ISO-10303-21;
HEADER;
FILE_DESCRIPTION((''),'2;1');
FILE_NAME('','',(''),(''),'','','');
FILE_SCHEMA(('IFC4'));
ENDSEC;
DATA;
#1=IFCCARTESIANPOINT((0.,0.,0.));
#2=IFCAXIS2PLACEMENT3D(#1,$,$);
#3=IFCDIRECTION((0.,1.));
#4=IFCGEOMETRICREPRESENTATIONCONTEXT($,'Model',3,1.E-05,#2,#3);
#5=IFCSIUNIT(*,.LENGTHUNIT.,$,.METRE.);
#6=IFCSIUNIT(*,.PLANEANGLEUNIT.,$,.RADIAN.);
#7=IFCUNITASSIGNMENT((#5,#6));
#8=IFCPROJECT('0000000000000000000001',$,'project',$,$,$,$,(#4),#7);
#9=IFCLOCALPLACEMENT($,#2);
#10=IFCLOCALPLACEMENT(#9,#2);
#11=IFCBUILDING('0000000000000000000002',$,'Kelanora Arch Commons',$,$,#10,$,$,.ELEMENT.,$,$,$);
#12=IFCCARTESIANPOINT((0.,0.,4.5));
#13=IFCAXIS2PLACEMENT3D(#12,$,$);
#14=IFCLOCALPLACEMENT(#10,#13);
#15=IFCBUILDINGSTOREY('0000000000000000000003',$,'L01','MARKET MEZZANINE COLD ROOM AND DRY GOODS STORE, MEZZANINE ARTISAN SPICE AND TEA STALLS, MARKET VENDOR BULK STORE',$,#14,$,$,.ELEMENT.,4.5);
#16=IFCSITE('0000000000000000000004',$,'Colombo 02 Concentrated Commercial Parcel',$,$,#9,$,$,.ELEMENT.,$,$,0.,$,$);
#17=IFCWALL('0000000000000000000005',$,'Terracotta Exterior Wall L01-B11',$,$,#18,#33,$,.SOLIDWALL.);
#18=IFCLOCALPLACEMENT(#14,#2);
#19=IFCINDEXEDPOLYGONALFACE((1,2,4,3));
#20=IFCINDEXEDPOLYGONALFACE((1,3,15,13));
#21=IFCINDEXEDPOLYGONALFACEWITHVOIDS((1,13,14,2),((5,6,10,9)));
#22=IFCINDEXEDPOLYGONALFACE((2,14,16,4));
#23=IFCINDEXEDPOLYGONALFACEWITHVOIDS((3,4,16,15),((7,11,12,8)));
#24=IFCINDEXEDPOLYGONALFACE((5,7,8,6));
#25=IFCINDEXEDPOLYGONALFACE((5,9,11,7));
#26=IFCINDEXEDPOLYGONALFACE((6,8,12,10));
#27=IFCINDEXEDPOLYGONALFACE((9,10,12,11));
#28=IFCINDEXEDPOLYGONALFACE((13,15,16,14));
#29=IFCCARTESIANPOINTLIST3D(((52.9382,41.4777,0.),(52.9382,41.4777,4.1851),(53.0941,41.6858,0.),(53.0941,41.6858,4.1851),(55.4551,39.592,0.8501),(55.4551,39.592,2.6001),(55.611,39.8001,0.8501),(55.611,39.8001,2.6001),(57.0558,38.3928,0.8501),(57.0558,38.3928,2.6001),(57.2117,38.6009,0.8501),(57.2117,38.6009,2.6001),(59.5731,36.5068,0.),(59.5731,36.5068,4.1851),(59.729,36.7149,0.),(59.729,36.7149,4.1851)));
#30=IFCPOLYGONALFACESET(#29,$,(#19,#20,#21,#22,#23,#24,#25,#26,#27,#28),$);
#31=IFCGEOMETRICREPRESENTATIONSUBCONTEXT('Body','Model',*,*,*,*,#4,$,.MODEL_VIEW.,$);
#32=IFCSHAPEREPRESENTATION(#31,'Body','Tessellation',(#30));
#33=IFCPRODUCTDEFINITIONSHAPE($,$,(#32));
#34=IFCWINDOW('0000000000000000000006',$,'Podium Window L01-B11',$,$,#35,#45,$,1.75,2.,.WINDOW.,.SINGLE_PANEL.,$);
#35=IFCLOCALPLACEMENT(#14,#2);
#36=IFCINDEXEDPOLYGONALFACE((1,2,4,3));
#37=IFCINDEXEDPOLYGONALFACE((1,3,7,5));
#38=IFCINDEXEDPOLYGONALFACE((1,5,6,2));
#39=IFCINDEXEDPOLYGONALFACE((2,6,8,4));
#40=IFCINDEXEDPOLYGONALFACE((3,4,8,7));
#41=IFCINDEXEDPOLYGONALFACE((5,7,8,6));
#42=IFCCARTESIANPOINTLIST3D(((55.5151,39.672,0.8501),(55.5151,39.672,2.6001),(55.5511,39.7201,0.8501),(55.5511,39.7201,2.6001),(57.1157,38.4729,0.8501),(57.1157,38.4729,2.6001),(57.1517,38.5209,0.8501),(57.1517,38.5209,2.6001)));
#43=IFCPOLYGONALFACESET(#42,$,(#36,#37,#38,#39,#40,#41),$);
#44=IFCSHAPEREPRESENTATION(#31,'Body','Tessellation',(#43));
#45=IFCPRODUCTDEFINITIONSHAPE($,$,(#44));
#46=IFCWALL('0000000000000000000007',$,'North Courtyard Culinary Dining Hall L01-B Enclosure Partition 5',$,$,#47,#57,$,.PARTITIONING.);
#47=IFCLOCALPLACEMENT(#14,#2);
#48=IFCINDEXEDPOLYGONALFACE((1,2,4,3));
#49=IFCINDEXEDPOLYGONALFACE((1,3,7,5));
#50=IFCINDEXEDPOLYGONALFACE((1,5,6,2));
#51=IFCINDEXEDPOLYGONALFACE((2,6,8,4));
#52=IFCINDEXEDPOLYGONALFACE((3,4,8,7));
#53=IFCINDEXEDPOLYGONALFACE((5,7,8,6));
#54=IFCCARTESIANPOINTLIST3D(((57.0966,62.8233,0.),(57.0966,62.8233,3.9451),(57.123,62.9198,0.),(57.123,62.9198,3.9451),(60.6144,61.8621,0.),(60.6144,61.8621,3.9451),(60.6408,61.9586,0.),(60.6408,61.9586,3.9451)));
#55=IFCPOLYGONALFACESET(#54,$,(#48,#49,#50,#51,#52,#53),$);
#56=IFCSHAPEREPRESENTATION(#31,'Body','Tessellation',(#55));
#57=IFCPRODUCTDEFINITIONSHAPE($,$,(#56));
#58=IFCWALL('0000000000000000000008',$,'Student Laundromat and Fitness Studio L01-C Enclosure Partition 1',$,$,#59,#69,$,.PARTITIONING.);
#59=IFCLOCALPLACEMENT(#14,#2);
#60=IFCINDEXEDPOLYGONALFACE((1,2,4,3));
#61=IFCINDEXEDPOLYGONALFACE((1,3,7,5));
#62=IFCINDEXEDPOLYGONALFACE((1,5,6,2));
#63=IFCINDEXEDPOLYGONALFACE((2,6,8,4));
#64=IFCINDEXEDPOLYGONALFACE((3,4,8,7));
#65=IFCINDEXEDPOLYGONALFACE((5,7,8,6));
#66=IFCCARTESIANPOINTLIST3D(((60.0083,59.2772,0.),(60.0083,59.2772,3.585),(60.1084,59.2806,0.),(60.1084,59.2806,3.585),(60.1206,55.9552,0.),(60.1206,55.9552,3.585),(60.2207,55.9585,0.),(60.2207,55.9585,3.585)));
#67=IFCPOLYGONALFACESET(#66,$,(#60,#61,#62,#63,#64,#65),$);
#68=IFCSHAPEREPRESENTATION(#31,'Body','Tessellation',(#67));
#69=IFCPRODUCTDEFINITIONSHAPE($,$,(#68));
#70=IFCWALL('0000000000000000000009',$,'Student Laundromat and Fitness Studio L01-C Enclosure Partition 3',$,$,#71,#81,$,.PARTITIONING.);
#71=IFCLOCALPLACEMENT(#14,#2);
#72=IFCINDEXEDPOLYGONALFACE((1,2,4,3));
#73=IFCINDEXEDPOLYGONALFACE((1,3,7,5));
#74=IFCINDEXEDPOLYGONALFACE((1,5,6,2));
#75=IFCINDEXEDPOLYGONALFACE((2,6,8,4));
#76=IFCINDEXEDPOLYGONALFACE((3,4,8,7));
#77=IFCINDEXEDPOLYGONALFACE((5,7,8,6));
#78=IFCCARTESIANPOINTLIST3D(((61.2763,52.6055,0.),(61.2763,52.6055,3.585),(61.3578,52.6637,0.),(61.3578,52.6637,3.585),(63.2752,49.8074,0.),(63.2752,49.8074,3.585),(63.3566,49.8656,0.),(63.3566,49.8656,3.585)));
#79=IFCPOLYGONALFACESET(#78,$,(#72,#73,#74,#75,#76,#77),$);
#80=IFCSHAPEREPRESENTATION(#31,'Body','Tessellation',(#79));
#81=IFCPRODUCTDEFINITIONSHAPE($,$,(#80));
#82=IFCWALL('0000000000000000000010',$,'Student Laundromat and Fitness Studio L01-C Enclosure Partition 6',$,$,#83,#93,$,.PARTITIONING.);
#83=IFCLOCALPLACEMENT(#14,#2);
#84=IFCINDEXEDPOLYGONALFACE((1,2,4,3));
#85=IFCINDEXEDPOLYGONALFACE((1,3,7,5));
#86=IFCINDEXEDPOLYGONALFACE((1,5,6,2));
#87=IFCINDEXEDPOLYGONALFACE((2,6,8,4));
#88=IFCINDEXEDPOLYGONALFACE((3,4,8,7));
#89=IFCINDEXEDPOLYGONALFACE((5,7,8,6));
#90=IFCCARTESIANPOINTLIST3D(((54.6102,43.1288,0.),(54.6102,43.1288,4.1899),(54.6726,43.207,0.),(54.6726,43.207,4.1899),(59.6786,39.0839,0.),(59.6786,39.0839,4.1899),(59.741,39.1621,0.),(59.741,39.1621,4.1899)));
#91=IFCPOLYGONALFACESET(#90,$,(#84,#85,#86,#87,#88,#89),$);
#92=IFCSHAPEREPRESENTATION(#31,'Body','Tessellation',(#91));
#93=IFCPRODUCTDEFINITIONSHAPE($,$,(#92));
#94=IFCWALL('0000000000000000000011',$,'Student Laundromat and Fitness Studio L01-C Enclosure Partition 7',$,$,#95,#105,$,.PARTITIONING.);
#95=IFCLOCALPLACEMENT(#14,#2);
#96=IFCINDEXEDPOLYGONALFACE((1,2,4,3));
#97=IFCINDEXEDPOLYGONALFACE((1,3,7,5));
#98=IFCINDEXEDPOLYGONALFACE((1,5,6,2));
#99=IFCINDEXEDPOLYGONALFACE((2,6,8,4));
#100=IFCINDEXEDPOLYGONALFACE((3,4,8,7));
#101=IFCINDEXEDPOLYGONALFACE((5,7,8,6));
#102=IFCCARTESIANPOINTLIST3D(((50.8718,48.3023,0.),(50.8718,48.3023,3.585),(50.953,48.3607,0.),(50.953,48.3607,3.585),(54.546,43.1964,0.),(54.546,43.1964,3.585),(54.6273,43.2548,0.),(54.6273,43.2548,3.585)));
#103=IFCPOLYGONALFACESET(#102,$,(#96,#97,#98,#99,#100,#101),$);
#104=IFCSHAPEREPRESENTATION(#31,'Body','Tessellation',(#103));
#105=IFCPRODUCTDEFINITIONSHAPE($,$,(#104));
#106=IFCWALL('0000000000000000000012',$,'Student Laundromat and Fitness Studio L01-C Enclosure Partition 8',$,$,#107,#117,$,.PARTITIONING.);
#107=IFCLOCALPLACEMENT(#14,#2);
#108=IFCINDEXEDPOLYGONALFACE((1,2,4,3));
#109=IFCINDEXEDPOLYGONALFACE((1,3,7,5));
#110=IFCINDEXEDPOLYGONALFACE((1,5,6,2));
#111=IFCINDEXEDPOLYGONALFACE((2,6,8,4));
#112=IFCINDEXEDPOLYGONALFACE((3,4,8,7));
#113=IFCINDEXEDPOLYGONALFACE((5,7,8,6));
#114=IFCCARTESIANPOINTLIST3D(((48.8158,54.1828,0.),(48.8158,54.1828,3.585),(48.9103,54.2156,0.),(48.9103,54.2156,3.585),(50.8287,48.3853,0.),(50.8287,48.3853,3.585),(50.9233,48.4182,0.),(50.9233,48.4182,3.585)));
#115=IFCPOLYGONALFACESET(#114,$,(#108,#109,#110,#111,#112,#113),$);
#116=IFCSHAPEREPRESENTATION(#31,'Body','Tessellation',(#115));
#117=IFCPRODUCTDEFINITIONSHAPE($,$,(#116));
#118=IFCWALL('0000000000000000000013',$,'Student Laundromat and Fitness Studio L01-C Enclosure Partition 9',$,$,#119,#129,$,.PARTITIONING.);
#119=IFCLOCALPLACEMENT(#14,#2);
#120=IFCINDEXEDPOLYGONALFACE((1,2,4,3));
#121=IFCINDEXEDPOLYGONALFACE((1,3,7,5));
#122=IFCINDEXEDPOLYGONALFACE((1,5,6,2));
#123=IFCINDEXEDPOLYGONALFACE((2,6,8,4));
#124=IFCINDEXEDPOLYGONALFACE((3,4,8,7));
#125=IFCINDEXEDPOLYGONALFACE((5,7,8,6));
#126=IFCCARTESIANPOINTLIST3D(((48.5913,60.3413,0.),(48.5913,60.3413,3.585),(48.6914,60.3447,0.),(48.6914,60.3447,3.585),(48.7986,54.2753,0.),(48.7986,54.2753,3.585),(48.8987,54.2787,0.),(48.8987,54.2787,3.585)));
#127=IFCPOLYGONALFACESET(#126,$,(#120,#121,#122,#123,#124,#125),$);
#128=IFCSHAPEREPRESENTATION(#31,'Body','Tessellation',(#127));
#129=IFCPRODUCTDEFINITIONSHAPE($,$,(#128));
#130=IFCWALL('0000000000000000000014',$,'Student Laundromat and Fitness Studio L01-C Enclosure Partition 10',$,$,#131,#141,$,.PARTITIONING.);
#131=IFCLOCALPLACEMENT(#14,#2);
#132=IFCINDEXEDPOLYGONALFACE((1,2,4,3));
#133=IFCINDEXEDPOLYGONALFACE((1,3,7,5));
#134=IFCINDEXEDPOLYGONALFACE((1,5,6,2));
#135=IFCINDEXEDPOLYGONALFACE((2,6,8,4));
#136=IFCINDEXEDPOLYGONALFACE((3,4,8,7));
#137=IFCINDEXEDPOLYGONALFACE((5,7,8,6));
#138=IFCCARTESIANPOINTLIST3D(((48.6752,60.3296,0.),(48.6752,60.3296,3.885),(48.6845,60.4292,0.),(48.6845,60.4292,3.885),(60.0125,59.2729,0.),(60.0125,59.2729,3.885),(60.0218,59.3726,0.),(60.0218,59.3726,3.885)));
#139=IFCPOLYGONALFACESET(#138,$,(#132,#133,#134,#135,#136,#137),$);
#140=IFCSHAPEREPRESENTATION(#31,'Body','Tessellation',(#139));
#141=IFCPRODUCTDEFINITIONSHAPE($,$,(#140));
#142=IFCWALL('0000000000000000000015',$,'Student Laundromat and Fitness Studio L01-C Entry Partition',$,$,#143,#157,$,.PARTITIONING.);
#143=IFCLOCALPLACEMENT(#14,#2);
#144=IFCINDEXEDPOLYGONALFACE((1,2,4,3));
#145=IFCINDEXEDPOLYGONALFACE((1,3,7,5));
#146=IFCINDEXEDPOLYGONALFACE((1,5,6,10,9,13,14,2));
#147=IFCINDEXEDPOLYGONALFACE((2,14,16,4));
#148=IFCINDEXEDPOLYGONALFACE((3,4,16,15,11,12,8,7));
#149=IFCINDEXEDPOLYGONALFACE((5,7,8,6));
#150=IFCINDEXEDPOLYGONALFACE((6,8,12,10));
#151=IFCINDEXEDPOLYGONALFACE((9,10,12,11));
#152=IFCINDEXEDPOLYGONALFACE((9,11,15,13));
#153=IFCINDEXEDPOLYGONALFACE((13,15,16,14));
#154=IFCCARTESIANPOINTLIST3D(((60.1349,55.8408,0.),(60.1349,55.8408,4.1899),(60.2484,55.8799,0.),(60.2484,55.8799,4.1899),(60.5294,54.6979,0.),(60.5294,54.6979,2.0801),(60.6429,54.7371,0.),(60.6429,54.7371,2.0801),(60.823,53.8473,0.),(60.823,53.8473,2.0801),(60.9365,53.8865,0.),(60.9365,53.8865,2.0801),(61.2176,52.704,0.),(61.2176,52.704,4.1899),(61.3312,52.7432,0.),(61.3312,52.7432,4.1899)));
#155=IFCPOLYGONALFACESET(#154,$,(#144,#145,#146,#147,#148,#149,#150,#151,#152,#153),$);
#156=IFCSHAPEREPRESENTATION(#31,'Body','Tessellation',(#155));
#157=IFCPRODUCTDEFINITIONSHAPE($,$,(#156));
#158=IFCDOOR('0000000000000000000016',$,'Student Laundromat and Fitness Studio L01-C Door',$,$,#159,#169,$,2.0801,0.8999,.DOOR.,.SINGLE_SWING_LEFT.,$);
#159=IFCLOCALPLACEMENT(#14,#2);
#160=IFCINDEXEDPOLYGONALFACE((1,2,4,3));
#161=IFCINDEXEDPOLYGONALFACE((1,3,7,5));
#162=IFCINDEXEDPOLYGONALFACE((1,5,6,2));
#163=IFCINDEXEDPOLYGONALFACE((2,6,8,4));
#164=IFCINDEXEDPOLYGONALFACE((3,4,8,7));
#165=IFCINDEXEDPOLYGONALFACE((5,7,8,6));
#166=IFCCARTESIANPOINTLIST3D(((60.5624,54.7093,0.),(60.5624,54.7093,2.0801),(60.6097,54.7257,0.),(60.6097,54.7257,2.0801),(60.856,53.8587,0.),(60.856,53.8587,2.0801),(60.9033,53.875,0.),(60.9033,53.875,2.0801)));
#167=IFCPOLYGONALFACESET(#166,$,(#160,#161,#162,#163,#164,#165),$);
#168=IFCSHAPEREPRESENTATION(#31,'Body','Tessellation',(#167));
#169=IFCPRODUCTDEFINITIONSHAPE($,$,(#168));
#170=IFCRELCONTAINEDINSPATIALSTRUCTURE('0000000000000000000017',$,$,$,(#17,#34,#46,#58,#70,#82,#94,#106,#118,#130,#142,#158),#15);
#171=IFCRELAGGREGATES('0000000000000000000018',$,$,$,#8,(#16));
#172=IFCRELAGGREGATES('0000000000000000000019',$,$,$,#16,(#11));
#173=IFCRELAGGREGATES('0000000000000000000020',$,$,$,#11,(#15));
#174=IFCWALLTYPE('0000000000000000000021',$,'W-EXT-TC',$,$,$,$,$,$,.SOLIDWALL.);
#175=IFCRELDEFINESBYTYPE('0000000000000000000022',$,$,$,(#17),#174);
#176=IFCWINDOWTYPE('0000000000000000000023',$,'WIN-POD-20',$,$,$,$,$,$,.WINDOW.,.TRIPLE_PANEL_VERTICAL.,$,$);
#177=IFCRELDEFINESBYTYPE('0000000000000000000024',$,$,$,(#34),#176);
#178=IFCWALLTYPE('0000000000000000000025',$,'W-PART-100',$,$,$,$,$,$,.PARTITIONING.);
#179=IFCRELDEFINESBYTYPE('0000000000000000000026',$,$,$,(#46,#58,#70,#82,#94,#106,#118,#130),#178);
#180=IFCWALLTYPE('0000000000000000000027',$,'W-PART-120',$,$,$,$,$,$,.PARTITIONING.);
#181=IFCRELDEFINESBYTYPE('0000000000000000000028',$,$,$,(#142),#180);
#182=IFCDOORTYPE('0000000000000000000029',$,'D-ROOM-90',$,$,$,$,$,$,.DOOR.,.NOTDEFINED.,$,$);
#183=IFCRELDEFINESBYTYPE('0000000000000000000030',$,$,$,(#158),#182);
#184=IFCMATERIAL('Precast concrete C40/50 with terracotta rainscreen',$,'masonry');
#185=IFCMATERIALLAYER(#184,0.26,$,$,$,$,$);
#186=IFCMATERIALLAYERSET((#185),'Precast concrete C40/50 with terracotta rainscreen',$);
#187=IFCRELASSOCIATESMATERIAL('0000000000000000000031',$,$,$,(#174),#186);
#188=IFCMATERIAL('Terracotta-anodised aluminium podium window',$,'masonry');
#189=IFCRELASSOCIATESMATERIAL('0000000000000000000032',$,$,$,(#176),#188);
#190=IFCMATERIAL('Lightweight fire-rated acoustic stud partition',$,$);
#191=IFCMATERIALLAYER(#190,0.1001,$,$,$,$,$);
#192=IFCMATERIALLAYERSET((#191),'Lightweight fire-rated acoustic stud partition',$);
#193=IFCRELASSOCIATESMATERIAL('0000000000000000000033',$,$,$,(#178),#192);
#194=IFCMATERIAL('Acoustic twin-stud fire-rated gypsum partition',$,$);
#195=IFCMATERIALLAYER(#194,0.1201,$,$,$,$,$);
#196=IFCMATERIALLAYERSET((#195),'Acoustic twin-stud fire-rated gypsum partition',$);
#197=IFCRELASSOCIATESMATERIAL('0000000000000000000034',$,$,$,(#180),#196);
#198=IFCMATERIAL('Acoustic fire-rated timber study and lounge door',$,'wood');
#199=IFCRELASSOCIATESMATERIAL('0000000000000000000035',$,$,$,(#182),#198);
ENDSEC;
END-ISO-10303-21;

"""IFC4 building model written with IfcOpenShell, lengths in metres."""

from ifc_helpers import new_model, si_unit, direction, frame, frame_2d, origin, place, context, subcontext, project, spatial, rectangle, extrude, material, layer, layer_set, type_object, element, fill, save


model = new_model("IFC4")

# Units and contexts
model_context = context("Model", 3, precision=1e-05, world=origin(), true_north=direction((0.0, 1.0)))
body_context = subcontext(model_context, "Body", "Model", "MODEL_VIEW")
ifc_project = project(units=[si_unit("LENGTHUNIT", "METRE"), si_unit("PLANEANGLEUNIT", "RADIAN")], contexts=[model_context])

# Site, building, storey
site_placement = place(None, origin())
site = spatial("IfcSite", under=ifc_project, at=site_placement, Name="Colombo 02 Concentrated Commercial Parcel", CompositionType="ELEMENT", RefElevation=0.0)
building_placement = place(site_placement, origin())
building = spatial("IfcBuilding", under=site, at=building_placement, Name="Kelanora Arch Commons", CompositionType="ELEMENT")
storey_placement = place(building_placement, frame((0.0, 0.0, 4.5)))
storey = spatial("IfcBuildingStorey", under=building, at=storey_placement, Name="L01", Description="MARKET MEZZANINE COLD ROOM AND DRY GOODS STORE, MEZZANINE ARTISAN SPICE AND TEA STALLS, MARKET VENDOR BULK STORE", CompositionType="ELEMENT", Elevation=4.5)

# Wall, opening, window
ifc_material_1 = material(Name="Precast concrete C40/50 with terracotta rainscreen", Category="masonry")
ifc_layer_1 = layer(ifc_material_1, 0.26)
ifc_layer_set_1 = layer_set([ifc_layer_1], Name="Precast concrete C40/50 with terracotta rainscreen")
wall_type_1 = type_object("IfcWallType", Name="W-EXT-TC", PredefinedType="SOLIDWALL", material=ifc_layer_set_1)
ifc_material_2 = material(Name="Terracotta-anodised aluminium podium window", Category="masonry")
window_type = type_object("IfcWindowType", Name="WIN-POD-20", PartitioningType="TRIPLE_PANEL_VERTICAL", PredefinedType="WINDOW", material=ifc_material_2)
wall_1_placement = place(storey_placement, frame((53.0161, 41.5818, 0.0), z_axis=(0.0, 0.0, 1.0), x_axis=(0.800307, -0.59959, 0.0)))
wall_1 = element("IfcWall", 1, at=wall_1_placement, inside=storey, type_object=wall_type_1, Name="Terracotta Exterior Wall L01-B11", PredefinedType="SOLIDWALL", context=body_context, shape_type="SweptSolid", body=[
    extrude(rectangle(XDim=8.2905, YDim=0.26, at=frame_2d((4.1453, 0.0))), origin(), (0.0, 0.0, 1.0), 4.1851),
])
opening_1_placement = place(wall_1_placement, frame((3.145, 0.0, 0.8501)))
opening_1 = element("IfcOpeningElement", 2, at=opening_1_placement, cuts=wall_1, PredefinedType="OPENING", context=body_context, shape_type="SweptSolid", body=[
    extrude(rectangle(XDim=2.0, YDim=1.75, at=frame_2d((1.0, 0.875))), frame((0.0, 0.1401, 0.0), z_axis=(0.0, -1.0, 0.0), x_axis=(1.0, 0.0, 0.0)), (0.0, 0.0, 1.0), 0.28),
])
window_1_placement = place(opening_1_placement, origin())
window_1 = element("IfcWindow", 3, at=window_1_placement, inside=storey, type_object=window_type, Name="Podium Window L01-B11", OverallHeight=1.75, OverallWidth=2.0, PartitioningType="SINGLE_PANEL", PredefinedType="WINDOW", context=body_context, shape_type="SweptSolid", body=[
    extrude(rectangle(XDim=2.0, YDim=1.75, at=frame_2d((1.0, 0.875))), frame((0.0, 0.03, 0.0), z_axis=(0.0, -1.0, 0.0), x_axis=(1.0, 0.0, 0.0)), (0.0, 0.0, 1.0), 0.0601),
])
fill(opening_1, window_1)

# Walls
ifc_material_3 = material(Name="Lightweight fire-rated acoustic stud partition")
ifc_layer_2 = layer(ifc_material_3, 0.1001)
ifc_layer_set_2 = layer_set([ifc_layer_2], Name="Lightweight fire-rated acoustic stud partition")
wall_type_2 = type_object("IfcWallType", Name="W-PART-100", PredefinedType="PARTITIONING", material=ifc_layer_set_2)
wall_2_placement = place(storey_placement, frame((60.6274, 61.9104, 0.0), z_axis=(0.0, 0.0, 1.0), x_axis=(-0.96464, 0.263571, 0.0)))
element("IfcWall", 4, at=wall_2_placement, inside=storey, type_object=wall_type_2, Name="North Courtyard Culinary Dining Hall L01-B Enclosure Partition 5", PredefinedType="PARTITIONING", context=body_context, shape_type="SweptSolid", body=[
    extrude(rectangle(XDim=3.6467, YDim=0.1001, at=frame_2d((1.8232, 0.0))), origin(), (0.0, 0.0, 1.0), 3.9451),
])
wall_3_placement = place(storey_placement, frame((60.0583, 59.2791, 0.0), z_axis=(0.0, 0.0, 1.0), x_axis=(0.033787, -0.999429, 0.0)))
element("IfcWall", 5, at=wall_3_placement, inside=storey, type_object=wall_type_2, Name="Student Laundromat and Fitness Studio L01-C Enclosure Partition 1", PredefinedType="PARTITIONING", context=body_context, shape_type="SweptSolid", body=[
    extrude(rectangle(XDim=3.324, YDim=0.1001, at=frame_2d((1.6621, 0.0))), origin(), (0.0, 0.0, 1.0), 3.585),
])
wall_4_placement = place(storey_placement, frame((61.3171, 52.6345, 0.0), z_axis=(0.0, 0.0, 1.0), x_axis=(0.581265, -0.813714, 0.0)))
element("IfcWall", 6, at=wall_4_placement, inside=storey, type_object=wall_type_2, Name="Student Laundromat and Fitness Studio L01-C Enclosure Partition 3", PredefinedType="PARTITIONING", context=body_context, shape_type="SweptSolid", body=[
    extrude(rectangle(XDim=3.4387, YDim=0.1001, at=frame_2d((1.7192, 0.0))), origin(), (0.0, 0.0, 1.0), 3.585),
])
wall_5_placement = place(storey_placement, frame((59.7097, 39.123, 0.0), z_axis=(0.0, 0.0, 1.0), x_axis=(-0.781603, 0.623776, 0.0)))
element("IfcWall", 7, at=wall_5_placement, inside=storey, type_object=wall_type_2, Name="Student Laundromat and Fitness Studio L01-C Enclosure Partition 6", PredefinedType="PARTITIONING", context=body_context, shape_type="SweptSolid", body=[
    extrude(rectangle(XDim=6.4846, YDim=0.1001, at=frame_2d((3.2422, 0.0))), origin(), (0.0, 0.0, 1.0), 4.1899),
])
wall_6_placement = place(storey_placement, frame((54.5867, 43.2256, 0.0), z_axis=(0.0, 0.0, 1.0), x_axis=(-0.584098, 0.811683, 0.0)))
element("IfcWall", 8, at=wall_6_placement, inside=storey, type_object=wall_type_2, Name="Student Laundromat and Fitness Studio L01-C Enclosure Partition 7", PredefinedType="PARTITIONING", context=body_context, shape_type="SweptSolid", body=[
    extrude(rectangle(XDim=6.2905, YDim=0.1001, at=frame_2d((3.1453, 0.0))), origin(), (0.0, 0.0, 1.0), 3.585),
])
wall_7_placement = place(storey_placement, frame((50.876, 48.4019, 0.0), z_axis=(0.0, 0.0, 1.0), x_axis=(-0.328007, 0.944675, 0.0)))
element("IfcWall", 9, at=wall_7_placement, inside=storey, type_object=wall_type_2, Name="Student Laundromat and Fitness Studio L01-C Enclosure Partition 8", PredefinedType="PARTITIONING", context=body_context, shape_type="SweptSolid", body=[
    extrude(rectangle(XDim=6.137, YDim=0.1001, at=frame_2d((3.0684, 0.0))), origin(), (0.0, 0.0, 1.0), 3.585),
])
wall_8_placement = place(storey_placement, frame((48.8486, 54.2771, 0.0), z_axis=(0.0, 0.0, 1.0), x_axis=(-0.034151, 0.999417, 0.0)))
element("IfcWall", 10, at=wall_8_placement, inside=storey, type_object=wall_type_2, Name="Student Laundromat and Fitness Studio L01-C Enclosure Partition 9", PredefinedType="PARTITIONING", context=body_context, shape_type="SweptSolid", body=[
    extrude(rectangle(XDim=6.0696, YDim=0.1001, at=frame_2d((3.0347, 0.0))), origin(), (0.0, 0.0, 1.0), 3.585),
])
wall_9_placement = place(storey_placement, frame((48.6797, 60.3794, 0.0), z_axis=(0.0, 0.0, 1.0), x_axis=(0.995685, -0.092797, 0.0)))
element("IfcWall", 11, at=wall_9_placement, inside=storey, type_object=wall_type_2, Name="Student Laundromat and Fitness Studio L01-C Enclosure Partition 10", PredefinedType="PARTITIONING", context=body_context, shape_type="SweptSolid", body=[
    extrude(rectangle(XDim=11.3865, YDim=0.1001, at=frame_2d((5.6934, 0.0))), origin(), (0.0, 0.0, 1.0), 3.885),
])

# Wall, opening, door
ifc_material_4 = material(Name="Acoustic twin-stud fire-rated gypsum partition")
ifc_layer_3 = layer(ifc_material_4, 0.1201)
ifc_layer_set_3 = layer_set([ifc_layer_3], Name="Acoustic twin-stud fire-rated gypsum partition")
wall_type_3 = type_object("IfcWallType", Name="W-PART-120", PredefinedType="PARTITIONING", material=ifc_layer_set_3)
wall_10_placement = place(storey_placement, frame((60.1917, 55.8604, 0.0), z_axis=(0.0, 0.0, 1.0), x_axis=(0.326297, -0.945267, 0.0)))
wall_10 = element("IfcWall", 12, at=wall_10_placement, inside=storey, type_object=wall_type_3, Name="Student Laundromat and Fitness Studio L01-C Entry Partition", PredefinedType="PARTITIONING", context=body_context, shape_type="SweptSolid", body=[
    extrude(rectangle(XDim=3.3184, YDim=0.1201, at=frame_2d((1.6592, 0.0))), origin(), (0.0, 0.0, 1.0), 4.1899),
])
opening_2_placement = place(wall_10_placement, frame((1.209, 0.0, 0.0)))
opening_2 = element("IfcOpeningElement", 13, at=opening_2_placement, cuts=wall_10, PredefinedType="OPENING", context=body_context, shape_type="SweptSolid", body=[
    extrude(rectangle(XDim=0.8999, YDim=2.0801, at=frame_2d((0.45, 1.04))), frame((0.0, 0.0701, 0.0), z_axis=(0.0, -1.0, 0.0), x_axis=(1.0, 0.0, 0.0)), (0.0, 0.0, 1.0), 0.1401),
])
ifc_material_5 = material(Name="Acoustic fire-rated timber study and lounge door", Category="wood")
door_type = type_object("IfcDoorType", Name="D-ROOM-90", OperationType="NOTDEFINED", PredefinedType="DOOR", material=ifc_material_5)
door_placement = place(opening_2_placement, origin())
door = element("IfcDoor", 14, at=door_placement, inside=storey, type_object=door_type, Name="Student Laundromat and Fitness Studio L01-C Door", OperationType="SINGLE_SWING_LEFT", OverallHeight=2.0801, OverallWidth=0.8999, PredefinedType="DOOR", context=body_context, shape_type="SweptSolid", body=[
    extrude(rectangle(XDim=0.8999, YDim=2.0801, at=frame_2d((0.45, 1.04))), frame((0.0, 0.0249, 0.0), z_axis=(0.0, -1.0, 0.0), x_axis=(1.0, 0.0, 0.0)), (0.0, 0.0, 1.0), 0.05),
])
fill(opening_2, door)

save(model, "model.ifc")
